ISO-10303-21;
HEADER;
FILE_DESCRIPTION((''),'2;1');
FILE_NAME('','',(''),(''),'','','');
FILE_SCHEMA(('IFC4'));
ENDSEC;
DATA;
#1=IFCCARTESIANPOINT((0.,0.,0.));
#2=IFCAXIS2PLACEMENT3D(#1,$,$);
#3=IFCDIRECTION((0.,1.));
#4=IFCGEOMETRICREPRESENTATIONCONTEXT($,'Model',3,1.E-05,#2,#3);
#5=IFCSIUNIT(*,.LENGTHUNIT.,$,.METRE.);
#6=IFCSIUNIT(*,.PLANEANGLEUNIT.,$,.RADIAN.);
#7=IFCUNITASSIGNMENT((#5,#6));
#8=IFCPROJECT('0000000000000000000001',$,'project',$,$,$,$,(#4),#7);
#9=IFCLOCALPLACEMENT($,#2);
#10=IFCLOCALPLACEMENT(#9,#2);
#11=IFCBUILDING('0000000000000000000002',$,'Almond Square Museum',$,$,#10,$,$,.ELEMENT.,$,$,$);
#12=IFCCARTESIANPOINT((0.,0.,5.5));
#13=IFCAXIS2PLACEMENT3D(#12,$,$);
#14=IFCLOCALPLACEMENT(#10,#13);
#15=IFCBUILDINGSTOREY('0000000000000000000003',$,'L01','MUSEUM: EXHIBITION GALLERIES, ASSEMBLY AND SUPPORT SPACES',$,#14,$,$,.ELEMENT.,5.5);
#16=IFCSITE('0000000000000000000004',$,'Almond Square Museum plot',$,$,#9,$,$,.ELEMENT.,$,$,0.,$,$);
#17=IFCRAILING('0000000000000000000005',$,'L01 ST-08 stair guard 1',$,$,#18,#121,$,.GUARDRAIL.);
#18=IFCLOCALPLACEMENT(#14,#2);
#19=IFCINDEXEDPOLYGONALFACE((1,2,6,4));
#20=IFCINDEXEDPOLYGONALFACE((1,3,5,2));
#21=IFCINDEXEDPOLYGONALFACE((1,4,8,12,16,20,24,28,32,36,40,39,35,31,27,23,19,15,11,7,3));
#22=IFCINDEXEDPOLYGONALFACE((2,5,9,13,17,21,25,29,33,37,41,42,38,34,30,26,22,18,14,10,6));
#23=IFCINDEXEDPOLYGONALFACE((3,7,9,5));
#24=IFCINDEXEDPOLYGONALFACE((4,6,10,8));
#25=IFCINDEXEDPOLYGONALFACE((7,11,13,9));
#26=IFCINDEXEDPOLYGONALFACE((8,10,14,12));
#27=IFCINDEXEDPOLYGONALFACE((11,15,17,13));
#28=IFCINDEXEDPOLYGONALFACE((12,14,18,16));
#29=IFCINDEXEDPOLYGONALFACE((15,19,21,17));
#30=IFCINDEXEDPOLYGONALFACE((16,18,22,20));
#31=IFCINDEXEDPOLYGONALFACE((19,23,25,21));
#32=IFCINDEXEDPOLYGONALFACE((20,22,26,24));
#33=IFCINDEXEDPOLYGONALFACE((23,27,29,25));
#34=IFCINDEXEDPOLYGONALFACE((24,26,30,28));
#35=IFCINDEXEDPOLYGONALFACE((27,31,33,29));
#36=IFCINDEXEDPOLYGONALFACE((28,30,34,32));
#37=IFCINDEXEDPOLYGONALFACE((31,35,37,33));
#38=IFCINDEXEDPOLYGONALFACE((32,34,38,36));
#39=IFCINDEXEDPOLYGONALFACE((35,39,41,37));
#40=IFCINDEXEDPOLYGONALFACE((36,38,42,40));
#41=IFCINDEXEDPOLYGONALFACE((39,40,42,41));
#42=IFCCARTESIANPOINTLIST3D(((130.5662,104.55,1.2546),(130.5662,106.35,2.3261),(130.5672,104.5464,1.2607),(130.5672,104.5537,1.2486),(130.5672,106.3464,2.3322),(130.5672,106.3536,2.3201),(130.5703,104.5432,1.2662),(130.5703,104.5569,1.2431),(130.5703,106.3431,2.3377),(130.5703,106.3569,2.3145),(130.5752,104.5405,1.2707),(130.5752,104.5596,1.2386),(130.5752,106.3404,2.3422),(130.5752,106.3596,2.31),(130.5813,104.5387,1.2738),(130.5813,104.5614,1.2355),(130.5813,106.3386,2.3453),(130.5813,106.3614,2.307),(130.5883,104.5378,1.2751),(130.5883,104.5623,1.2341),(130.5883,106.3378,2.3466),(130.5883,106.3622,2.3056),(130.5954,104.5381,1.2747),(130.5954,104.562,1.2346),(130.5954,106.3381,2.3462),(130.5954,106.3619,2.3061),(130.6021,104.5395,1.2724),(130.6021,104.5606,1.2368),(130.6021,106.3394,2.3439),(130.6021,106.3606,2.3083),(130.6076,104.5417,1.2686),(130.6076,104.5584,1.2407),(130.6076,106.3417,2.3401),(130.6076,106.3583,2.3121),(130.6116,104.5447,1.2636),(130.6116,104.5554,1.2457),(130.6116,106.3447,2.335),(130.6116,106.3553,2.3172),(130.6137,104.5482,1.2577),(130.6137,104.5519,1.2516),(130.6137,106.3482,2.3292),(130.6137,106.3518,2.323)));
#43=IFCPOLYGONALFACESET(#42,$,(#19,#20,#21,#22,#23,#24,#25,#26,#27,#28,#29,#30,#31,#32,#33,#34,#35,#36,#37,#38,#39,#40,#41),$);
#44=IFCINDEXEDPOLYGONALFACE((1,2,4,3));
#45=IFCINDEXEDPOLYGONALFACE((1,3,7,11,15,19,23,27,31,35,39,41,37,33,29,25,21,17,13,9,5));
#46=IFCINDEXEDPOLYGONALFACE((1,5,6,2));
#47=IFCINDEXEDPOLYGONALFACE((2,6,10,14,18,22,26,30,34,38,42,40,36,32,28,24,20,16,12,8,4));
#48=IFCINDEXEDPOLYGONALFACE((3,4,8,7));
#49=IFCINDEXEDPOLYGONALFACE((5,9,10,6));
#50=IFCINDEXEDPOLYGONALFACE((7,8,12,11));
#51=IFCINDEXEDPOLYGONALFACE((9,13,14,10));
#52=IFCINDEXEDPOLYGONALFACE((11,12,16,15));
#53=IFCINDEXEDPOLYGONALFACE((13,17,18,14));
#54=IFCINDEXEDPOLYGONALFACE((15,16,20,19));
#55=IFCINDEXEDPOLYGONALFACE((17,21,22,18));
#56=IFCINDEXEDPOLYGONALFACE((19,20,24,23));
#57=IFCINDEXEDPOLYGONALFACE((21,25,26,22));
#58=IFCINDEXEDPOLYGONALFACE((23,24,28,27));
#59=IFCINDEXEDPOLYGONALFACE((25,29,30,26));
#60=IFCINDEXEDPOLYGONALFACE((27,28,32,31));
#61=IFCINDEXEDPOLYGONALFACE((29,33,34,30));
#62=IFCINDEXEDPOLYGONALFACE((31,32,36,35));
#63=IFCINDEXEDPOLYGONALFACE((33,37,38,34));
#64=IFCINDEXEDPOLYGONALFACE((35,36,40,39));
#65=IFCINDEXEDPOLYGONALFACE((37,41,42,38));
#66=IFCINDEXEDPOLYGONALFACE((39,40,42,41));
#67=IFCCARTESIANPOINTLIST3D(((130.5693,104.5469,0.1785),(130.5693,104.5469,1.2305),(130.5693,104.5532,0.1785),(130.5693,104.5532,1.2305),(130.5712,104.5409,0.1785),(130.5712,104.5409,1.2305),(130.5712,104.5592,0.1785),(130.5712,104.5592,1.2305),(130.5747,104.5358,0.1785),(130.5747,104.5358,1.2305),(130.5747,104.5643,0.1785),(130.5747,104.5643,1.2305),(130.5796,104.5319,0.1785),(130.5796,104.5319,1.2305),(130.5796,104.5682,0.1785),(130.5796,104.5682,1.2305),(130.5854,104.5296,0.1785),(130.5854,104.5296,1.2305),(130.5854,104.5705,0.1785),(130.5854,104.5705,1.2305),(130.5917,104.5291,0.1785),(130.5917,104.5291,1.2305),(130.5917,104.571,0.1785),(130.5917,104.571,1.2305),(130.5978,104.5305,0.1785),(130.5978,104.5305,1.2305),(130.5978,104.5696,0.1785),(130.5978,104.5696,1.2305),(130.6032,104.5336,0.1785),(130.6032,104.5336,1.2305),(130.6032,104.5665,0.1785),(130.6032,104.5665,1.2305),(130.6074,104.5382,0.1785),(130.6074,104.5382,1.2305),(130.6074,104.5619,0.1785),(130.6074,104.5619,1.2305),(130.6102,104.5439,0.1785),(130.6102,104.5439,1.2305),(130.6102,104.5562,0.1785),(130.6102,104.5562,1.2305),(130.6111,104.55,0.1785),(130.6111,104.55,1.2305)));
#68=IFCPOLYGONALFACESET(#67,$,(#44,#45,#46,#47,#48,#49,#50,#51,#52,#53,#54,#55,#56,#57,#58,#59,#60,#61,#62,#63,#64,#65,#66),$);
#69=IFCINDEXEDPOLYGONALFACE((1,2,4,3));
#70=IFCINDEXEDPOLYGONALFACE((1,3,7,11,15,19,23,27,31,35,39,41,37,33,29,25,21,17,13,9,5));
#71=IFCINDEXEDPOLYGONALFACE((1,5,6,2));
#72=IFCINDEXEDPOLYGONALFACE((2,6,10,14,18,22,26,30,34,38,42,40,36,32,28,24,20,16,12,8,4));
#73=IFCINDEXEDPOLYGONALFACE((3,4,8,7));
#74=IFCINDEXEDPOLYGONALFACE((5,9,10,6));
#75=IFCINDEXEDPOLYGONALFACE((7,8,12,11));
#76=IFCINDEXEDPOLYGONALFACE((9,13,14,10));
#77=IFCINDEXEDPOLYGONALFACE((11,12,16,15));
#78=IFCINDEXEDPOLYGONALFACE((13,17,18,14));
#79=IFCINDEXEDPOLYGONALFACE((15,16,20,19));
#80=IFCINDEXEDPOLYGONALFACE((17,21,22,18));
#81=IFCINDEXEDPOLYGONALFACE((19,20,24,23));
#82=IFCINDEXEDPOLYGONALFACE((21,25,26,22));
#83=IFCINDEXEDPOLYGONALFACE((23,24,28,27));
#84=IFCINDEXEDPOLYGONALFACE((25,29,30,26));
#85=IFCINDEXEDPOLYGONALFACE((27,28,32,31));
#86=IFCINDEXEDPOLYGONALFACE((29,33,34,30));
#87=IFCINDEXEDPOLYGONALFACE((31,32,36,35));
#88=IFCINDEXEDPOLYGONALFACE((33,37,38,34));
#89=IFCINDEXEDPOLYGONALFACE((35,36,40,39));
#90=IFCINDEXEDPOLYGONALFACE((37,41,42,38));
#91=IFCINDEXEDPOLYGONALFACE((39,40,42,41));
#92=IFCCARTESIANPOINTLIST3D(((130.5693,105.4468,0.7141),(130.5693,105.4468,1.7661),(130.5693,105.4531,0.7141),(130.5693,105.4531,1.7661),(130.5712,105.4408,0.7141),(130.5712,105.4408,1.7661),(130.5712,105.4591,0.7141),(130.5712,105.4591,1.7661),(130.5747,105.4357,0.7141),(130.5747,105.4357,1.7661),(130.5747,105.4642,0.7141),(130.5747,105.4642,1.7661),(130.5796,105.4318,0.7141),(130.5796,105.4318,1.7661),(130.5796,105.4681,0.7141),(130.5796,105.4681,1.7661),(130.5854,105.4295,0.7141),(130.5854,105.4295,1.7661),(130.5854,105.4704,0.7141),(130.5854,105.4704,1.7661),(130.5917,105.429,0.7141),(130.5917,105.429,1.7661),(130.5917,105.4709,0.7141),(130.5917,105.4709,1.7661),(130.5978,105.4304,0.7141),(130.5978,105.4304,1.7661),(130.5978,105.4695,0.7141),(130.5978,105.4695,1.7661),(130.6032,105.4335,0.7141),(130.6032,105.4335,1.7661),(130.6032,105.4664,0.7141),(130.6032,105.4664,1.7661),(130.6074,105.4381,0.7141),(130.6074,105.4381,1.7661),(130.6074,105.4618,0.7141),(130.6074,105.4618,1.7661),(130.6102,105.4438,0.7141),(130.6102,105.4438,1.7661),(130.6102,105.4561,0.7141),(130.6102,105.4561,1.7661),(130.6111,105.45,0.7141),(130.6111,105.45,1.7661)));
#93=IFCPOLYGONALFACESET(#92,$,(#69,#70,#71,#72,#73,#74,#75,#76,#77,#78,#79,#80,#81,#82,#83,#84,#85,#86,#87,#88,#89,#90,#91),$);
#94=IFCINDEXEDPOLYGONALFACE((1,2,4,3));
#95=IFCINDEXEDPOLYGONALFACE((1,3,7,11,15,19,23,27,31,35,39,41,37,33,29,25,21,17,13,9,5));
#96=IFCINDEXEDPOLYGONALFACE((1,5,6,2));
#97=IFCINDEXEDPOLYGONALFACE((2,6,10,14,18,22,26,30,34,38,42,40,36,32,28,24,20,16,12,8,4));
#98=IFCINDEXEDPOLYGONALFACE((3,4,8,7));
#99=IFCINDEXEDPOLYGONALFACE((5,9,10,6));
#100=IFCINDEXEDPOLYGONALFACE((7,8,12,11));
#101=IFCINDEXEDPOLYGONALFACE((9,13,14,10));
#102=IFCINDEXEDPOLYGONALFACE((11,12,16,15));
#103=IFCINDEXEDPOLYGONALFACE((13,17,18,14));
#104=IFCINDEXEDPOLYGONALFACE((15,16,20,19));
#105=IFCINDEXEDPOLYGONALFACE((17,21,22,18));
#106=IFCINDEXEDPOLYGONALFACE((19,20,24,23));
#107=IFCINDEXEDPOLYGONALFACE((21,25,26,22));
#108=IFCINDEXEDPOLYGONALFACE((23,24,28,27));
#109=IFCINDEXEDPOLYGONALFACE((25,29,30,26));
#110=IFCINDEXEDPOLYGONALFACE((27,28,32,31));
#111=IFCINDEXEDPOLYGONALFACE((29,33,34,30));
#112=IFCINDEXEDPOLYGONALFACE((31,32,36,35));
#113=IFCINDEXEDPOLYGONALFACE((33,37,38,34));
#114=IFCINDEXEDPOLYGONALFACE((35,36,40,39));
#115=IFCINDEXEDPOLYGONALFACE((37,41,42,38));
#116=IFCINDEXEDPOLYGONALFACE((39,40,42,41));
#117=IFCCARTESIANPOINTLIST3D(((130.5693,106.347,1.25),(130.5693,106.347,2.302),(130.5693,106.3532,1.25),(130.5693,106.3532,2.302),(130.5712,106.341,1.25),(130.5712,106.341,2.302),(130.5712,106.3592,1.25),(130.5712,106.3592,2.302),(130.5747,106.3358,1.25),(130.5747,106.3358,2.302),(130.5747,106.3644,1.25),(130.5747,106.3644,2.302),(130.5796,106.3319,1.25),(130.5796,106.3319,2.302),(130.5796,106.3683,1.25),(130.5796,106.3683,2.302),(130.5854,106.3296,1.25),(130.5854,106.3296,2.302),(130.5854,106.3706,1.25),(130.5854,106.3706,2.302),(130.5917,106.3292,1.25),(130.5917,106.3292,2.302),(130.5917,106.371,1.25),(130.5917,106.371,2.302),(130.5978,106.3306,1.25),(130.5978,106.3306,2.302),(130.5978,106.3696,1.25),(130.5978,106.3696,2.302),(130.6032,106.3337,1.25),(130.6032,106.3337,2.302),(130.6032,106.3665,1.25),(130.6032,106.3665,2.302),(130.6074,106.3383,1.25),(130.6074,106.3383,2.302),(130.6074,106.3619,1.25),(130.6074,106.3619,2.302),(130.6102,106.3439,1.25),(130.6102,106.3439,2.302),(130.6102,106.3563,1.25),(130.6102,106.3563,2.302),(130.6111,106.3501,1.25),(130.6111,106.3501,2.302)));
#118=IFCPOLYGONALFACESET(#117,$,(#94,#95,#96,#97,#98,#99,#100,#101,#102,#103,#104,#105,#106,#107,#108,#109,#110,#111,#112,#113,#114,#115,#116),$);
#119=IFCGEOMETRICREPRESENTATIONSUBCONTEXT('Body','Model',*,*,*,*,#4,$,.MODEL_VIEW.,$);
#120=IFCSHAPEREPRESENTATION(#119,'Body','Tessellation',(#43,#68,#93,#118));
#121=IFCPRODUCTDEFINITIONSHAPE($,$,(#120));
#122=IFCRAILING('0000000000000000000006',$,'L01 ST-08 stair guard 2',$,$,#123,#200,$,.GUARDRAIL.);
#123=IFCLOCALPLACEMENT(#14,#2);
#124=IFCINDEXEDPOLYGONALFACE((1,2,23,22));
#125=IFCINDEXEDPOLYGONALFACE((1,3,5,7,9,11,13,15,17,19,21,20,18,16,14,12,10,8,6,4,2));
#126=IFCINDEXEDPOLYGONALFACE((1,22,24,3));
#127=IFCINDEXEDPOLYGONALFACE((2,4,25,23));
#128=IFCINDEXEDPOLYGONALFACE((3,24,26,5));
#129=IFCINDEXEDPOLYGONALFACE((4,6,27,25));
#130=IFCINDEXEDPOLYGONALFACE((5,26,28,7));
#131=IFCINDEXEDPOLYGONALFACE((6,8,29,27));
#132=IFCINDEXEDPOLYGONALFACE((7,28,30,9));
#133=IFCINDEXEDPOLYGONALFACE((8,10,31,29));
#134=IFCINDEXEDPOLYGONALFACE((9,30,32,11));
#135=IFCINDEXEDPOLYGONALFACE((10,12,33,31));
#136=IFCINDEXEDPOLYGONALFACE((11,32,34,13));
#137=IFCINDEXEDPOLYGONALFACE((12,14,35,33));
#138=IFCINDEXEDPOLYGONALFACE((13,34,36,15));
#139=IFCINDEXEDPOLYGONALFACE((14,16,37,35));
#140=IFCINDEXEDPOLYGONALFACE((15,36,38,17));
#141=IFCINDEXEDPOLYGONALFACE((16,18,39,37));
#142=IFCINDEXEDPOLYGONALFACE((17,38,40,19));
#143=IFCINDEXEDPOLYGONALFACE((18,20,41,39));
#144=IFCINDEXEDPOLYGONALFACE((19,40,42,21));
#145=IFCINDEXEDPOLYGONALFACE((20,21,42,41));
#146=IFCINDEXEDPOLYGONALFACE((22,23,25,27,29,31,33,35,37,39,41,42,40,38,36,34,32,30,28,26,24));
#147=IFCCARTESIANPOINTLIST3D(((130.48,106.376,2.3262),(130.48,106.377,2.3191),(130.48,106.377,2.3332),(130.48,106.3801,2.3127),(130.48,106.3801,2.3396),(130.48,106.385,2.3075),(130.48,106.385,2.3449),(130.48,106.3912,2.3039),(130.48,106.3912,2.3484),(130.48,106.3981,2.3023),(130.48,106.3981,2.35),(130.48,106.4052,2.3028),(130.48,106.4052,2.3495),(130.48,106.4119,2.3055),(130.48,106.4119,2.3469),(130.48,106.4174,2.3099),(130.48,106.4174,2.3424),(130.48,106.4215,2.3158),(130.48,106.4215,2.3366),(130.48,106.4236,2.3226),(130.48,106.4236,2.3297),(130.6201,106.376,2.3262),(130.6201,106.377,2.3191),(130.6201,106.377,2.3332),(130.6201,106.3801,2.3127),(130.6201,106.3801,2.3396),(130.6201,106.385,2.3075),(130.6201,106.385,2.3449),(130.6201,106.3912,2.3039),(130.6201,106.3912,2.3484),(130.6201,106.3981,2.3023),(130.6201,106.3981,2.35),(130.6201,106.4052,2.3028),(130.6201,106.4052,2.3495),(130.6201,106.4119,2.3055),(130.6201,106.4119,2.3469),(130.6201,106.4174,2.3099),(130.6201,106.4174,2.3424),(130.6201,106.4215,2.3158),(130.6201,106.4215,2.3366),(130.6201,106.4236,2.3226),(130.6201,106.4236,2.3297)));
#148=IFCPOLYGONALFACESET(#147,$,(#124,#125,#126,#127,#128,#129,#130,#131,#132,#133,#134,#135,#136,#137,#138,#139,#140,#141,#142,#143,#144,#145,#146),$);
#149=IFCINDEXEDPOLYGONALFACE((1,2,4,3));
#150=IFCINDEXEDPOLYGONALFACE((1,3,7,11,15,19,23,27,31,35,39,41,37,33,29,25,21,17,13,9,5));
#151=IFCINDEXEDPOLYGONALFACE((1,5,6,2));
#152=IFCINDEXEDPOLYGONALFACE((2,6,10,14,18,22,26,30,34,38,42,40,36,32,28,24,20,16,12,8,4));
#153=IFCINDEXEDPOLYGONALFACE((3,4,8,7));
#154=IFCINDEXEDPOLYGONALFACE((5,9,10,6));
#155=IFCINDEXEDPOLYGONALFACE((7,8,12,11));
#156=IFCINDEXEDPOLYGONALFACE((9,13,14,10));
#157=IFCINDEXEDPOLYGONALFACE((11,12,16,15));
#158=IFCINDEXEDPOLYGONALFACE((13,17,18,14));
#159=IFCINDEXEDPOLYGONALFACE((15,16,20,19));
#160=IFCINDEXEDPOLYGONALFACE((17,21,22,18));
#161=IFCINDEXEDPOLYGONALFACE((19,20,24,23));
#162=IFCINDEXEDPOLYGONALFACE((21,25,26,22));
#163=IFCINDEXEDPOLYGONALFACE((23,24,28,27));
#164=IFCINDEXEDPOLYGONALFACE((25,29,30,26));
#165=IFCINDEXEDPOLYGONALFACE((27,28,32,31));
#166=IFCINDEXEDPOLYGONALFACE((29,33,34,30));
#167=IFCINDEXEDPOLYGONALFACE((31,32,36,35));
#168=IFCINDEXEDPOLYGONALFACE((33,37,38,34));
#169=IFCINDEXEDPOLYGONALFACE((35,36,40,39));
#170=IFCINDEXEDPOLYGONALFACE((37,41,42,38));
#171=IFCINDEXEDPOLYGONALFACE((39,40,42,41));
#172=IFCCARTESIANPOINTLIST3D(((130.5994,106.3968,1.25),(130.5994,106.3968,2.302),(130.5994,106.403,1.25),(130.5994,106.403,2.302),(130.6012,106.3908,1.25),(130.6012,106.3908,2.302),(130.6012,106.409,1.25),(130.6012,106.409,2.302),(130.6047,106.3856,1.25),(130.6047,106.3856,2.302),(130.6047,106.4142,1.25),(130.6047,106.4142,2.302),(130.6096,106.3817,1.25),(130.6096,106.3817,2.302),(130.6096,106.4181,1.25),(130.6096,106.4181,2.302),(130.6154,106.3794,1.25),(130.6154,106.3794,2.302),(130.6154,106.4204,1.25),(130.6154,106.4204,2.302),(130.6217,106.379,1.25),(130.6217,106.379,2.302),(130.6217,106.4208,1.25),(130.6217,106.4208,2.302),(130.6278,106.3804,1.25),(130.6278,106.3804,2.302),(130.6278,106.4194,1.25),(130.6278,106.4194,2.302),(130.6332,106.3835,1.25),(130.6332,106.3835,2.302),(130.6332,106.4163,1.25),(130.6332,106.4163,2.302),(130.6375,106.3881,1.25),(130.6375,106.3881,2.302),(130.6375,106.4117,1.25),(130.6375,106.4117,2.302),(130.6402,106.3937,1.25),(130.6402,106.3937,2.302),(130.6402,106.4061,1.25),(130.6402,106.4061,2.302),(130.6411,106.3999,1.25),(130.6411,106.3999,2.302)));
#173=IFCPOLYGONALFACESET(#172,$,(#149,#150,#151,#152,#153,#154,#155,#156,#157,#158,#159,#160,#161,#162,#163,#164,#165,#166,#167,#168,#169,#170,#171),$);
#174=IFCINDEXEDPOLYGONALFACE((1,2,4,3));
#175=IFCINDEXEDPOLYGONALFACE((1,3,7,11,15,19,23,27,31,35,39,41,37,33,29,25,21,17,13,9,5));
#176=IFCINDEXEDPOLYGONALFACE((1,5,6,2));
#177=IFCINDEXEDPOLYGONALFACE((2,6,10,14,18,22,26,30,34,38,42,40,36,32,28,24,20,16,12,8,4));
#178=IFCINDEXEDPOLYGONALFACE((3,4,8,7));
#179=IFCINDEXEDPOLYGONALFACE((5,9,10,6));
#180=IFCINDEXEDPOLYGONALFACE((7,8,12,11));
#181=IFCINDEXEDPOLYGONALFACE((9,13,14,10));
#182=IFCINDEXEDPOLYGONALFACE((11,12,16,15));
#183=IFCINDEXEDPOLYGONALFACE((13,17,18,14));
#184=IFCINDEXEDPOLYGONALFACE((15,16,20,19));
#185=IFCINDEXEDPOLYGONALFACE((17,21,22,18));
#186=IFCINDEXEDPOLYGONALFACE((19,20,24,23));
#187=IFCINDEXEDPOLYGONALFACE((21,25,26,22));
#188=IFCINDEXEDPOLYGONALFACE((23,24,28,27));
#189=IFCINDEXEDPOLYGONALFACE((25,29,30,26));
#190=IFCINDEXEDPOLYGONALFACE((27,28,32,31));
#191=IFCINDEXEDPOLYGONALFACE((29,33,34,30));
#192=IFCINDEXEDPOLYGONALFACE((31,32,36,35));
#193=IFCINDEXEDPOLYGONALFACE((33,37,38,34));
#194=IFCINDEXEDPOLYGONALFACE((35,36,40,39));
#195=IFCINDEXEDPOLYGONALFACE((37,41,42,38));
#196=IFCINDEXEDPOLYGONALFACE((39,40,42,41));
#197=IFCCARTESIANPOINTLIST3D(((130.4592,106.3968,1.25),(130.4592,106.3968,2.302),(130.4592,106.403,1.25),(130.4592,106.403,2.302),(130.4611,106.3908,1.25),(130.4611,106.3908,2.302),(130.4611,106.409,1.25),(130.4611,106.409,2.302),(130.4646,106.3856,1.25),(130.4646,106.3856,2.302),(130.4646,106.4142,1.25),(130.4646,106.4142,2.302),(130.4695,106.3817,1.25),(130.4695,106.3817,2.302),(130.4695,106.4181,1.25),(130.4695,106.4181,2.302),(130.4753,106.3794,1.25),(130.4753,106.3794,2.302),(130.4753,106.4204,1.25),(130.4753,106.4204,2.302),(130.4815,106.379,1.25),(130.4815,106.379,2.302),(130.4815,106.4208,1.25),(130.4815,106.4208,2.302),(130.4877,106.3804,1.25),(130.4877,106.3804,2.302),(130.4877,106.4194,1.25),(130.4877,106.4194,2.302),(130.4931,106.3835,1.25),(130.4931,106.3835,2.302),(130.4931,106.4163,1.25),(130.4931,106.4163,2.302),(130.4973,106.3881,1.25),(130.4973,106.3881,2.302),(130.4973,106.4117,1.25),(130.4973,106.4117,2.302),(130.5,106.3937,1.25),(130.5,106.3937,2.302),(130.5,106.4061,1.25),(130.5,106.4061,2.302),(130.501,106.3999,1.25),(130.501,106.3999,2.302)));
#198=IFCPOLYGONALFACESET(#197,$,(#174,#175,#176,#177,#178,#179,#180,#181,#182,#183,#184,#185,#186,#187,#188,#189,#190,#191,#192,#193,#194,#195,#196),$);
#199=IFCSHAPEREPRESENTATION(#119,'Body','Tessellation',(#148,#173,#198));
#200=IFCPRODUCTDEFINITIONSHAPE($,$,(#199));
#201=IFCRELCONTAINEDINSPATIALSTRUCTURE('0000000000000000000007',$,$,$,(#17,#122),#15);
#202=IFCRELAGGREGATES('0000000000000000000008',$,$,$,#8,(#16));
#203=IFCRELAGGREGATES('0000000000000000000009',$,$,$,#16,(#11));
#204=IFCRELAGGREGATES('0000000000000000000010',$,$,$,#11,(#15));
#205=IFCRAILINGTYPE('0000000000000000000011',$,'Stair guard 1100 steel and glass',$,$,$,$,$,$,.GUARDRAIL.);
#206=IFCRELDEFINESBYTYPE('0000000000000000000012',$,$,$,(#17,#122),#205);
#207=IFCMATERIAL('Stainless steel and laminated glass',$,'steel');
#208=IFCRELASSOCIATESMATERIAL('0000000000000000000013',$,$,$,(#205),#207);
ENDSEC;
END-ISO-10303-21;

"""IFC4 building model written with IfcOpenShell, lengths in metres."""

from ifc_helpers import new_model, si_unit, direction, frame, origin, origin_2d, place, context, subcontext, project, spatial, circle, extrude, material, type_object, element, save


model = new_model("IFC4")

# Units and contexts
model_context = context("Model", 3, precision=1e-05, world=origin(), true_north=direction((0.0, 1.0)))
body_context = subcontext(model_context, "Body", "Model", "MODEL_VIEW")
ifc_project = project(units=[si_unit("LENGTHUNIT", "METRE"), si_unit("PLANEANGLEUNIT", "RADIAN")], contexts=[model_context])

# Site, building, storey
site_placement = place(None, origin())
site = spatial("IfcSite", under=ifc_project, at=site_placement, Name="Almond Square Museum plot", CompositionType="ELEMENT", RefElevation=0.0)
building_placement = place(site_placement, origin())
building = spatial("IfcBuilding", under=site, at=building_placement, Name="Almond Square Museum", CompositionType="ELEMENT")
storey_placement = place(building_placement, frame((0.0, 0.0, 5.5)))
storey = spatial("IfcBuildingStorey", under=building, at=storey_placement, Name="L01", Description="MUSEUM: EXHIBITION GALLERIES, ASSEMBLY AND SUPPORT SPACES", CompositionType="ELEMENT", Elevation=5.5)

# Railings
ifc_material_1 = material(Name="Stainless steel and laminated glass", Category="steel")
railing_type_1 = type_object("IfcRailingType", Name="Stair guard 1100 steel and glass", PredefinedType="GUARDRAIL", material=ifc_material_1)
railing_1_placement = place(storey_placement, frame((130.5901, 104.55, 0.1785)))
element("IfcRailing", 1, at=railing_1_placement, inside=storey, type_object=railing_type_1, Name="L01 ST-08 stair guard 1", PredefinedType="GUARDRAIL", context=body_context, shape_type="SweptSolid", body=[
    extrude(circle(Radius=0.0239, at=origin_2d()), frame((0.0, 0.0, 1.0762), z_axis=(0.0, 0.859277, 0.51151), x_axis=(-1.0, 0.0, 0.0)), (0.0, 0.0, 1.0), 2.0947),
    extrude(circle(Radius=0.021, at=origin_2d()), origin(), (0.0, 0.0, 1.0), 1.052),
    extrude(circle(Radius=0.021, at=origin_2d()), frame((0.0, 0.8999, 0.5356)), (0.0, 0.0, 1.0), 1.052),
    extrude(circle(Radius=0.021, at=origin_2d()), frame((0.0, 1.8, 1.0715)), (0.0, 0.0, 1.0), 1.052),
])
railing_2_placement = place(storey_placement, frame((130.6201, 106.3999, 1.25)))
element("IfcRailing", 2, at=railing_2_placement, inside=storey, type_object=railing_type_1, Name="L01 ST-08 stair guard 2", PredefinedType="GUARDRAIL", context=body_context, shape_type="SweptSolid", body=[
    extrude(circle(Radius=0.0239, at=origin_2d()), frame((0.0, 0.0, 1.0762), z_axis=(-1.0, 0.0, 0.0), x_axis=(0.0, -1.0, 0.0)), (0.0, 0.0, 1.0), 0.1401),
    extrude(circle(Radius=0.021, at=origin_2d()), origin(), (0.0, 0.0, 1.0), 1.052),
    extrude(circle(Radius=0.021, at=origin_2d()), frame((-0.1401, 0.0, 0.0)), (0.0, 0.0, 1.0), 1.052),
])

save(model, "model.ifc")
